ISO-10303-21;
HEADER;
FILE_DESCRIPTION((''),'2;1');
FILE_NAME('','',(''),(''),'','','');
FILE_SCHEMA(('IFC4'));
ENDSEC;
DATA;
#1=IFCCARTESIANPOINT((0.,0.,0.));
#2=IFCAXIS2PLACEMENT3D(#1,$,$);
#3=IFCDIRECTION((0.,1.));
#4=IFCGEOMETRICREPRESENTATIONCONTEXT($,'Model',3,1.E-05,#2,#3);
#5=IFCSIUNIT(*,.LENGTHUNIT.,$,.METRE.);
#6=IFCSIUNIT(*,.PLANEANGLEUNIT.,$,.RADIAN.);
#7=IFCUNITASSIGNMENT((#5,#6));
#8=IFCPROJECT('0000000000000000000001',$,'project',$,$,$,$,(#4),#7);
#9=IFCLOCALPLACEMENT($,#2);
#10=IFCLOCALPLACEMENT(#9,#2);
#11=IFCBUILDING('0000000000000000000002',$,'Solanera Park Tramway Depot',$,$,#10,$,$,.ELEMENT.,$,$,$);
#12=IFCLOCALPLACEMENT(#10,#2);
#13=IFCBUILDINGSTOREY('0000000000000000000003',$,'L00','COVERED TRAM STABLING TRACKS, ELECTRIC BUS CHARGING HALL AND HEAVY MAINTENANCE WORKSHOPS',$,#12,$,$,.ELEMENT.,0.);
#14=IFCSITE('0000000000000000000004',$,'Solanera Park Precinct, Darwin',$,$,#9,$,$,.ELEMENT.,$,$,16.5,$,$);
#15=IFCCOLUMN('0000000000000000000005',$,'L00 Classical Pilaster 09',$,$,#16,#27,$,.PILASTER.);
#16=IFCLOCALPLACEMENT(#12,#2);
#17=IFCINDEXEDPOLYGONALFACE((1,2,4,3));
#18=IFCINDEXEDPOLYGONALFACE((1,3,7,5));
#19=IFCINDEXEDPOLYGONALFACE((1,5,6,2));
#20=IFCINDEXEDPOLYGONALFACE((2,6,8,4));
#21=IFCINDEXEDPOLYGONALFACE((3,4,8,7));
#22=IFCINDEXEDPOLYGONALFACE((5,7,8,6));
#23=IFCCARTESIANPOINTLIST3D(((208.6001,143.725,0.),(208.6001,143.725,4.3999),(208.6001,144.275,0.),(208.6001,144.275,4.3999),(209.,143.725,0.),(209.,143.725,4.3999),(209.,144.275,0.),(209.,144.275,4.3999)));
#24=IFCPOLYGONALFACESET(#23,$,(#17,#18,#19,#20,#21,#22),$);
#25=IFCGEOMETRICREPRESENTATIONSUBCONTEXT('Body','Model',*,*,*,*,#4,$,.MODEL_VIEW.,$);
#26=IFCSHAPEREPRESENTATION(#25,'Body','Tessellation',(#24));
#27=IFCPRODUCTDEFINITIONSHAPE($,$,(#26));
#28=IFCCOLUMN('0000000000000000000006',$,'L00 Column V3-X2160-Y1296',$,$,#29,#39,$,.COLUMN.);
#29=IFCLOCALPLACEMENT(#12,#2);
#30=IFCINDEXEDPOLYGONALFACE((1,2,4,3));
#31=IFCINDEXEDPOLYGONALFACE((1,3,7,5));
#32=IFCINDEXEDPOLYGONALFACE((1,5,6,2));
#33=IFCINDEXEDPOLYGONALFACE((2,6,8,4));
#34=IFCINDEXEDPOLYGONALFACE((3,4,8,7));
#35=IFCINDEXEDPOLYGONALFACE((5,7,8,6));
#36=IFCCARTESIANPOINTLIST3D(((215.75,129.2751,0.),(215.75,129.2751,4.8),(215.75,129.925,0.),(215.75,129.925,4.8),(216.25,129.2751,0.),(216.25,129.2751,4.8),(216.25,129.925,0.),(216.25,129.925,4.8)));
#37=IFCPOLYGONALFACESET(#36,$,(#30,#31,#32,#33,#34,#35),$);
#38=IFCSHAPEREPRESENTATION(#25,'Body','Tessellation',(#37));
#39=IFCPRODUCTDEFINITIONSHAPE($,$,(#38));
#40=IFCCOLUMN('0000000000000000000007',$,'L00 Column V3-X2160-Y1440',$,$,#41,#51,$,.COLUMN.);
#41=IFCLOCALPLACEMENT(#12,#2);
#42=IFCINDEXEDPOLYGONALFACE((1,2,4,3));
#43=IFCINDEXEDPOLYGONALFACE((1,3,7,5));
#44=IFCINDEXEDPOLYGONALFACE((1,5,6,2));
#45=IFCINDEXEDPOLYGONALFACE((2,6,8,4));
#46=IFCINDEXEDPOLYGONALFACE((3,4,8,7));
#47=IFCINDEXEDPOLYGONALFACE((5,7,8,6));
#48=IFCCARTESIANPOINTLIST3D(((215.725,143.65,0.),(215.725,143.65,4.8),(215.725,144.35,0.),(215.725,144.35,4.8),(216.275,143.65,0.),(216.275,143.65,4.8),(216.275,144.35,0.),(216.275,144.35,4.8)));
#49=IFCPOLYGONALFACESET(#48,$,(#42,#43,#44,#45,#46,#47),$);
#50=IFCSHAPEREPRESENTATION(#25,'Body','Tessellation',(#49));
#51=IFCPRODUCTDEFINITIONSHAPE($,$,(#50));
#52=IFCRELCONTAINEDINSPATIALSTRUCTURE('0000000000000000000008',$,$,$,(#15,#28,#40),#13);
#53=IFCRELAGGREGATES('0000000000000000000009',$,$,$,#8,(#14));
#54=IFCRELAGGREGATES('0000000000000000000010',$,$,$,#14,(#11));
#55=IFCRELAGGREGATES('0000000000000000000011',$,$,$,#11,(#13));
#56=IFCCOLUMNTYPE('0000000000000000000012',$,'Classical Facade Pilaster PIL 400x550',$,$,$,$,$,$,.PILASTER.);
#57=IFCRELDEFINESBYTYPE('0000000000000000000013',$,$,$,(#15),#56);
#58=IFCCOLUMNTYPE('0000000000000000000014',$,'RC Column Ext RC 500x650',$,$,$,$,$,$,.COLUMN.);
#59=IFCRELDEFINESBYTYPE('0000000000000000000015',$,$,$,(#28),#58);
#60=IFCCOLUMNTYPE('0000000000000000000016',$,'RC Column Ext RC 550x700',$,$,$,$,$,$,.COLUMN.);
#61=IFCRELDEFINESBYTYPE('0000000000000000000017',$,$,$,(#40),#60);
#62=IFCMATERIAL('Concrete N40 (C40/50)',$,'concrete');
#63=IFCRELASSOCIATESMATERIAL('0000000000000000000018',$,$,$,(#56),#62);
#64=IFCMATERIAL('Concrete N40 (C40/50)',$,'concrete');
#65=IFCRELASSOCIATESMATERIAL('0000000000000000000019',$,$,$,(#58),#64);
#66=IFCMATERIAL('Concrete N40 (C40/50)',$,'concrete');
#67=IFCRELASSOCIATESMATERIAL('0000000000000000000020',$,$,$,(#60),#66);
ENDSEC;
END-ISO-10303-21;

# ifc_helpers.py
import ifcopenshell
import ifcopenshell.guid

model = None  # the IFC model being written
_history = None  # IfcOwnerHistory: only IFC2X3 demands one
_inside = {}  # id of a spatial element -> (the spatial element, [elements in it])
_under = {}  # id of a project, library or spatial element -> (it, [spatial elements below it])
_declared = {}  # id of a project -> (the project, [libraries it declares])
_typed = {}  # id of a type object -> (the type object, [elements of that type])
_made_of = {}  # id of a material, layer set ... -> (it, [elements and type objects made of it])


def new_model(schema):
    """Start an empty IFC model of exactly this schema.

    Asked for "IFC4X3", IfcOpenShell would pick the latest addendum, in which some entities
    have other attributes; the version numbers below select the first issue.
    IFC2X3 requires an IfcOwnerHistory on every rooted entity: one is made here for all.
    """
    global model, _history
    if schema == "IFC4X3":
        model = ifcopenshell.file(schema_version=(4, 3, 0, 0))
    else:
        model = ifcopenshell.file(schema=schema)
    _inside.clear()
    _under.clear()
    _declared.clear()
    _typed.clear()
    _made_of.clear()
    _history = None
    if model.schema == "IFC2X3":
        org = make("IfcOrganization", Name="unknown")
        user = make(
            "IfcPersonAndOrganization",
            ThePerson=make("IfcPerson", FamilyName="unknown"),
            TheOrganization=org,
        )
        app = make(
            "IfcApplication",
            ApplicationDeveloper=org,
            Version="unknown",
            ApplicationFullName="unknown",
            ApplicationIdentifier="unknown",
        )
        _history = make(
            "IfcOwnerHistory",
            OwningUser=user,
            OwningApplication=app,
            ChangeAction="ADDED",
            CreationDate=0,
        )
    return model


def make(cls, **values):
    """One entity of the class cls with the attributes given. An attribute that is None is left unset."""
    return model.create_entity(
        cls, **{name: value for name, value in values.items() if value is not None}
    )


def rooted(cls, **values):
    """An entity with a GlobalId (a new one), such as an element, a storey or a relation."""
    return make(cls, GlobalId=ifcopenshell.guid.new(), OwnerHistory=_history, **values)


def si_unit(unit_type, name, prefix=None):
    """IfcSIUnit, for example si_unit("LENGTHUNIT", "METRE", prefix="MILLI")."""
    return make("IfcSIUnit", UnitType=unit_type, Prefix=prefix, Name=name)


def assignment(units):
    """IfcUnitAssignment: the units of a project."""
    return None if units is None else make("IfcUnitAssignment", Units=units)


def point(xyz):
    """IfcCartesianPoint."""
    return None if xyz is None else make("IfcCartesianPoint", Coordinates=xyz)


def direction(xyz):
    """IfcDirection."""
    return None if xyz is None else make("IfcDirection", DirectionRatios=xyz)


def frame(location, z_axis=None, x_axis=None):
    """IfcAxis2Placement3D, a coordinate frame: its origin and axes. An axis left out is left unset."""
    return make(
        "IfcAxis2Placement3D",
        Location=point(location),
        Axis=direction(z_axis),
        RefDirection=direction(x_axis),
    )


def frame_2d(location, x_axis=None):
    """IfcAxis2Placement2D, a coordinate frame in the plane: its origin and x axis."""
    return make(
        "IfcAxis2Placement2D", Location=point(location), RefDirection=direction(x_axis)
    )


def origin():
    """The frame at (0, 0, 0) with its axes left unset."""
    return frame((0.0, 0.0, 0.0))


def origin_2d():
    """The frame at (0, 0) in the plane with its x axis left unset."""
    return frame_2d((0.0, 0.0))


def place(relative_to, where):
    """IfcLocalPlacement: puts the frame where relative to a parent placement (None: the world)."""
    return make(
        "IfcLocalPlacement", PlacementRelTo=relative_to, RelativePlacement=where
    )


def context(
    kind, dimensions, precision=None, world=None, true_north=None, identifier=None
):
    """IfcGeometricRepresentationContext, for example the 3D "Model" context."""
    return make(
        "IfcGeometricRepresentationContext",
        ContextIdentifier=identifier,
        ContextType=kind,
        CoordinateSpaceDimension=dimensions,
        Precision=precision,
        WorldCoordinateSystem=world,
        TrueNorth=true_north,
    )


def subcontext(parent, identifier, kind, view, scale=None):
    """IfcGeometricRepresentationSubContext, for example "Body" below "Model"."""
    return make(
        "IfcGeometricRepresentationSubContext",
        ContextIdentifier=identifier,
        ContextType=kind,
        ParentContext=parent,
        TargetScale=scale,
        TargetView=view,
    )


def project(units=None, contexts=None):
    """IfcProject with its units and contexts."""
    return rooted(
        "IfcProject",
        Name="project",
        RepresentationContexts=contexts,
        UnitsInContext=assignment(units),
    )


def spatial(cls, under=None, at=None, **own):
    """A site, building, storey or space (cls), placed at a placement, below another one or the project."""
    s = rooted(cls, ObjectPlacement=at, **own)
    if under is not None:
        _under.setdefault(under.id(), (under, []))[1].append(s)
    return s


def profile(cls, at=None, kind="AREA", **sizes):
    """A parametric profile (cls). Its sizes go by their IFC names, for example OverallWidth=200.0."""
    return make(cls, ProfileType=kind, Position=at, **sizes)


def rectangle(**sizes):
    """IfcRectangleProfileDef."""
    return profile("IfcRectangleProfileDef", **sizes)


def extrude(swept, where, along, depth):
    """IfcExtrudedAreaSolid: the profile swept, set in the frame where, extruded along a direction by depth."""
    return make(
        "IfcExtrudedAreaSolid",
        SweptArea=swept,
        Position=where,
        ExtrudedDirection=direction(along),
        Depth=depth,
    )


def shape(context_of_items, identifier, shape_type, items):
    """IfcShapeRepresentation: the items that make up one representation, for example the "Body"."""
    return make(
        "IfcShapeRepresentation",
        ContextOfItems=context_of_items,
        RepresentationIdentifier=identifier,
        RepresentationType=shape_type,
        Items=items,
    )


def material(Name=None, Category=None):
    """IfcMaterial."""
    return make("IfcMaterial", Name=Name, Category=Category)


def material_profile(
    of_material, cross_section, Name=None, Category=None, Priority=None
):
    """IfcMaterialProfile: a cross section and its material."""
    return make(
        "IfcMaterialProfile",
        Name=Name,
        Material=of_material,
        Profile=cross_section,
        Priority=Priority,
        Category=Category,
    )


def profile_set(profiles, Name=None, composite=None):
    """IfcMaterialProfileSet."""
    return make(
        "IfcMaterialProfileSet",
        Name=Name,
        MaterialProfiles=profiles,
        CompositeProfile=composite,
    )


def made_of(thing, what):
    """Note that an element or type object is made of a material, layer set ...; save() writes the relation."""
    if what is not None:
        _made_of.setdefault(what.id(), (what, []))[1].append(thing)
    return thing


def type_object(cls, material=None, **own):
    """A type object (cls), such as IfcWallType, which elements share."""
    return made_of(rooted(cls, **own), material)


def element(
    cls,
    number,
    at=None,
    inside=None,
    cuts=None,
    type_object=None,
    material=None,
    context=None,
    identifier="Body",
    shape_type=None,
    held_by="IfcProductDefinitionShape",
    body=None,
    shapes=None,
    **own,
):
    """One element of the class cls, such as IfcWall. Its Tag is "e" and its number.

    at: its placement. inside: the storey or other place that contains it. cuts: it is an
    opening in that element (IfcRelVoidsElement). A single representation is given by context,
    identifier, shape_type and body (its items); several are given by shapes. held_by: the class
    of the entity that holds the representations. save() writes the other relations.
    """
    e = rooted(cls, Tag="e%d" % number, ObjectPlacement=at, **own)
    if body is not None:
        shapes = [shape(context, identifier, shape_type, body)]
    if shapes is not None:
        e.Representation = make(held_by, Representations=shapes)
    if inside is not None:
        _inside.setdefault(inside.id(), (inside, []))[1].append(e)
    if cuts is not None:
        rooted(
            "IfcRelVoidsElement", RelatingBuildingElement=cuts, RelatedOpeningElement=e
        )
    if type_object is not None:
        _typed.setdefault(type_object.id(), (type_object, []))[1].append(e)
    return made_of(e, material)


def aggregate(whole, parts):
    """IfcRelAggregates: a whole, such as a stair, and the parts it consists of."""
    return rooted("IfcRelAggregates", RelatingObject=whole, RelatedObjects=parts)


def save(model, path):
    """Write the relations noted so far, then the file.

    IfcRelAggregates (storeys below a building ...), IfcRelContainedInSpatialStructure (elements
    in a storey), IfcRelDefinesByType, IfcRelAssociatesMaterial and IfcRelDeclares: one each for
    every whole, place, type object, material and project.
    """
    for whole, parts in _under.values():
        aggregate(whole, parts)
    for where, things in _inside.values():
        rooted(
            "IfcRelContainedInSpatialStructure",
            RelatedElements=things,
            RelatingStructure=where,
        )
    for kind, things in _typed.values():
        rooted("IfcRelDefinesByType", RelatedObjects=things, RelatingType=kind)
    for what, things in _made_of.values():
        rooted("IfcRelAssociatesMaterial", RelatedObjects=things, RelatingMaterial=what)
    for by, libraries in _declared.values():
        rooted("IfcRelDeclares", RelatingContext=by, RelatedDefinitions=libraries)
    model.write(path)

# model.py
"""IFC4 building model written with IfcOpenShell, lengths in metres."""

from ifc_helpers import new_model, si_unit, direction, frame, origin, origin_2d, place, context, subcontext, project, spatial, rectangle, extrude, material, material_profile, profile_set, type_object, element, save


model = new_model("IFC4")

# Units and contexts
model_context = context("Model", 3, precision=1e-05, world=origin(), true_north=direction((0.0, 1.0)))
body_context = subcontext(model_context, "Body", "Model", "MODEL_VIEW")
ifc_project = project(units=[si_unit("LENGTHUNIT", "METRE"), si_unit("PLANEANGLEUNIT", "RADIAN")], contexts=[model_context])

# Site, building, storey
site_placement = place(None, origin())
site = spatial("IfcSite", under=ifc_project, at=site_placement, Name="Solanera Park Precinct, Darwin", CompositionType="ELEMENT", RefElevation=16.5)
building_placement = place(site_placement, origin())
building = spatial("IfcBuilding", under=site, at=building_placement, Name="Solanera Park Tramway Depot", CompositionType="ELEMENT")
storey_placement = place(building_placement, origin())
storey = spatial("IfcBuildingStorey", under=building, at=storey_placement, Name="L00", Description="COVERED TRAM STABLING TRACKS, ELECTRIC BUS CHARGING HALL AND HEAVY MAINTENANCE WORKSHOPS", CompositionType="ELEMENT", Elevation=0.0)

# Columns
ifc_material_1 = material(Name="Concrete N40 (C40/50)", Category="concrete")
ifc_material_profile_1 = material_profile(ifc_material_1, rectangle(XDim=0.3999, YDim=0.55, at=origin_2d()), Name="PIL 400x550")
ifc_profile_set_1 = profile_set([ifc_material_profile_1], Name="Concrete N40 (C40/50)")
column_type_1 = type_object("IfcColumnType", Name="Classical Facade Pilaster PIL 400x550", PredefinedType="PILASTER", material=ifc_profile_set_1)
for number, where, z_axis, x_axis, name in (
    (1, (208.8, 144.0, 0.0), (0.0, 0.0, 1.0), (1.0, 0.0, 0.0), "L00 Classical Pilaster 09"),
):
    element("IfcColumn", number, at=place(storey_placement, frame(where, z_axis=z_axis, x_axis=x_axis)), inside=storey, type_object=column_type_1, Name=name, PredefinedType="PILASTER", context=body_context, shape_type="SweptSolid", body=[
        extrude(rectangle(XDim=0.3999, YDim=0.55, at=origin_2d()), origin(), (0.0, 0.0, 1.0), 4.3999),
    ])
ifc_material_2 = material(Name="Concrete N40 (C40/50)", Category="concrete")
ifc_material_profile_2 = material_profile(ifc_material_2, rectangle(XDim=0.5, YDim=0.6499, at=origin_2d()), Name="RC 500x650")
ifc_profile_set_2 = profile_set([ifc_material_profile_2], Name="Concrete N40 (C40/50)")
column_type_2 = type_object("IfcColumnType", Name="RC Column Ext RC 500x650", PredefinedType="COLUMN", material=ifc_profile_set_2)
column_1_placement = place(storey_placement, frame((216.0, 129.6001, 0.0), z_axis=(0.0, 0.0, 1.0), x_axis=(1.0, 0.0, 0.0)))
element("IfcColumn", 2, at=column_1_placement, inside=storey, type_object=column_type_2, Name="L00 Column V3-X2160-Y1296", PredefinedType="COLUMN", context=body_context, shape_type="SweptSolid", body=[
    extrude(rectangle(XDim=0.5, YDim=0.6499, at=origin_2d()), origin(), (0.0, 0.0, 1.0), 4.8),
])
ifc_material_3 = material(Name="Concrete N40 (C40/50)", Category="concrete")
ifc_material_profile_3 = material_profile(ifc_material_3, rectangle(XDim=0.55, YDim=0.7, at=origin_2d()), Name="RC 550x700")
ifc_profile_set_3 = profile_set([ifc_material_profile_3], Name="Concrete N40 (C40/50)")
column_type_3 = type_object("IfcColumnType", Name="RC Column Ext RC 550x700", PredefinedType="COLUMN", material=ifc_profile_set_3)
column_2_placement = place(storey_placement, frame((216.0, 144.0, 0.0), z_axis=(0.0, 0.0, 1.0), x_axis=(1.0, 0.0, 0.0)))
element("IfcColumn", 3, at=column_2_placement, inside=storey, type_object=column_type_3, Name="L00 Column V3-X2160-Y1440", PredefinedType="COLUMN", context=body_context, shape_type="SweptSolid", body=[
    extrude(rectangle(XDim=0.55, YDim=0.7, at=origin_2d()), origin(), (0.0, 0.0, 1.0), 4.8),
])

save(model, "model.ifc")
